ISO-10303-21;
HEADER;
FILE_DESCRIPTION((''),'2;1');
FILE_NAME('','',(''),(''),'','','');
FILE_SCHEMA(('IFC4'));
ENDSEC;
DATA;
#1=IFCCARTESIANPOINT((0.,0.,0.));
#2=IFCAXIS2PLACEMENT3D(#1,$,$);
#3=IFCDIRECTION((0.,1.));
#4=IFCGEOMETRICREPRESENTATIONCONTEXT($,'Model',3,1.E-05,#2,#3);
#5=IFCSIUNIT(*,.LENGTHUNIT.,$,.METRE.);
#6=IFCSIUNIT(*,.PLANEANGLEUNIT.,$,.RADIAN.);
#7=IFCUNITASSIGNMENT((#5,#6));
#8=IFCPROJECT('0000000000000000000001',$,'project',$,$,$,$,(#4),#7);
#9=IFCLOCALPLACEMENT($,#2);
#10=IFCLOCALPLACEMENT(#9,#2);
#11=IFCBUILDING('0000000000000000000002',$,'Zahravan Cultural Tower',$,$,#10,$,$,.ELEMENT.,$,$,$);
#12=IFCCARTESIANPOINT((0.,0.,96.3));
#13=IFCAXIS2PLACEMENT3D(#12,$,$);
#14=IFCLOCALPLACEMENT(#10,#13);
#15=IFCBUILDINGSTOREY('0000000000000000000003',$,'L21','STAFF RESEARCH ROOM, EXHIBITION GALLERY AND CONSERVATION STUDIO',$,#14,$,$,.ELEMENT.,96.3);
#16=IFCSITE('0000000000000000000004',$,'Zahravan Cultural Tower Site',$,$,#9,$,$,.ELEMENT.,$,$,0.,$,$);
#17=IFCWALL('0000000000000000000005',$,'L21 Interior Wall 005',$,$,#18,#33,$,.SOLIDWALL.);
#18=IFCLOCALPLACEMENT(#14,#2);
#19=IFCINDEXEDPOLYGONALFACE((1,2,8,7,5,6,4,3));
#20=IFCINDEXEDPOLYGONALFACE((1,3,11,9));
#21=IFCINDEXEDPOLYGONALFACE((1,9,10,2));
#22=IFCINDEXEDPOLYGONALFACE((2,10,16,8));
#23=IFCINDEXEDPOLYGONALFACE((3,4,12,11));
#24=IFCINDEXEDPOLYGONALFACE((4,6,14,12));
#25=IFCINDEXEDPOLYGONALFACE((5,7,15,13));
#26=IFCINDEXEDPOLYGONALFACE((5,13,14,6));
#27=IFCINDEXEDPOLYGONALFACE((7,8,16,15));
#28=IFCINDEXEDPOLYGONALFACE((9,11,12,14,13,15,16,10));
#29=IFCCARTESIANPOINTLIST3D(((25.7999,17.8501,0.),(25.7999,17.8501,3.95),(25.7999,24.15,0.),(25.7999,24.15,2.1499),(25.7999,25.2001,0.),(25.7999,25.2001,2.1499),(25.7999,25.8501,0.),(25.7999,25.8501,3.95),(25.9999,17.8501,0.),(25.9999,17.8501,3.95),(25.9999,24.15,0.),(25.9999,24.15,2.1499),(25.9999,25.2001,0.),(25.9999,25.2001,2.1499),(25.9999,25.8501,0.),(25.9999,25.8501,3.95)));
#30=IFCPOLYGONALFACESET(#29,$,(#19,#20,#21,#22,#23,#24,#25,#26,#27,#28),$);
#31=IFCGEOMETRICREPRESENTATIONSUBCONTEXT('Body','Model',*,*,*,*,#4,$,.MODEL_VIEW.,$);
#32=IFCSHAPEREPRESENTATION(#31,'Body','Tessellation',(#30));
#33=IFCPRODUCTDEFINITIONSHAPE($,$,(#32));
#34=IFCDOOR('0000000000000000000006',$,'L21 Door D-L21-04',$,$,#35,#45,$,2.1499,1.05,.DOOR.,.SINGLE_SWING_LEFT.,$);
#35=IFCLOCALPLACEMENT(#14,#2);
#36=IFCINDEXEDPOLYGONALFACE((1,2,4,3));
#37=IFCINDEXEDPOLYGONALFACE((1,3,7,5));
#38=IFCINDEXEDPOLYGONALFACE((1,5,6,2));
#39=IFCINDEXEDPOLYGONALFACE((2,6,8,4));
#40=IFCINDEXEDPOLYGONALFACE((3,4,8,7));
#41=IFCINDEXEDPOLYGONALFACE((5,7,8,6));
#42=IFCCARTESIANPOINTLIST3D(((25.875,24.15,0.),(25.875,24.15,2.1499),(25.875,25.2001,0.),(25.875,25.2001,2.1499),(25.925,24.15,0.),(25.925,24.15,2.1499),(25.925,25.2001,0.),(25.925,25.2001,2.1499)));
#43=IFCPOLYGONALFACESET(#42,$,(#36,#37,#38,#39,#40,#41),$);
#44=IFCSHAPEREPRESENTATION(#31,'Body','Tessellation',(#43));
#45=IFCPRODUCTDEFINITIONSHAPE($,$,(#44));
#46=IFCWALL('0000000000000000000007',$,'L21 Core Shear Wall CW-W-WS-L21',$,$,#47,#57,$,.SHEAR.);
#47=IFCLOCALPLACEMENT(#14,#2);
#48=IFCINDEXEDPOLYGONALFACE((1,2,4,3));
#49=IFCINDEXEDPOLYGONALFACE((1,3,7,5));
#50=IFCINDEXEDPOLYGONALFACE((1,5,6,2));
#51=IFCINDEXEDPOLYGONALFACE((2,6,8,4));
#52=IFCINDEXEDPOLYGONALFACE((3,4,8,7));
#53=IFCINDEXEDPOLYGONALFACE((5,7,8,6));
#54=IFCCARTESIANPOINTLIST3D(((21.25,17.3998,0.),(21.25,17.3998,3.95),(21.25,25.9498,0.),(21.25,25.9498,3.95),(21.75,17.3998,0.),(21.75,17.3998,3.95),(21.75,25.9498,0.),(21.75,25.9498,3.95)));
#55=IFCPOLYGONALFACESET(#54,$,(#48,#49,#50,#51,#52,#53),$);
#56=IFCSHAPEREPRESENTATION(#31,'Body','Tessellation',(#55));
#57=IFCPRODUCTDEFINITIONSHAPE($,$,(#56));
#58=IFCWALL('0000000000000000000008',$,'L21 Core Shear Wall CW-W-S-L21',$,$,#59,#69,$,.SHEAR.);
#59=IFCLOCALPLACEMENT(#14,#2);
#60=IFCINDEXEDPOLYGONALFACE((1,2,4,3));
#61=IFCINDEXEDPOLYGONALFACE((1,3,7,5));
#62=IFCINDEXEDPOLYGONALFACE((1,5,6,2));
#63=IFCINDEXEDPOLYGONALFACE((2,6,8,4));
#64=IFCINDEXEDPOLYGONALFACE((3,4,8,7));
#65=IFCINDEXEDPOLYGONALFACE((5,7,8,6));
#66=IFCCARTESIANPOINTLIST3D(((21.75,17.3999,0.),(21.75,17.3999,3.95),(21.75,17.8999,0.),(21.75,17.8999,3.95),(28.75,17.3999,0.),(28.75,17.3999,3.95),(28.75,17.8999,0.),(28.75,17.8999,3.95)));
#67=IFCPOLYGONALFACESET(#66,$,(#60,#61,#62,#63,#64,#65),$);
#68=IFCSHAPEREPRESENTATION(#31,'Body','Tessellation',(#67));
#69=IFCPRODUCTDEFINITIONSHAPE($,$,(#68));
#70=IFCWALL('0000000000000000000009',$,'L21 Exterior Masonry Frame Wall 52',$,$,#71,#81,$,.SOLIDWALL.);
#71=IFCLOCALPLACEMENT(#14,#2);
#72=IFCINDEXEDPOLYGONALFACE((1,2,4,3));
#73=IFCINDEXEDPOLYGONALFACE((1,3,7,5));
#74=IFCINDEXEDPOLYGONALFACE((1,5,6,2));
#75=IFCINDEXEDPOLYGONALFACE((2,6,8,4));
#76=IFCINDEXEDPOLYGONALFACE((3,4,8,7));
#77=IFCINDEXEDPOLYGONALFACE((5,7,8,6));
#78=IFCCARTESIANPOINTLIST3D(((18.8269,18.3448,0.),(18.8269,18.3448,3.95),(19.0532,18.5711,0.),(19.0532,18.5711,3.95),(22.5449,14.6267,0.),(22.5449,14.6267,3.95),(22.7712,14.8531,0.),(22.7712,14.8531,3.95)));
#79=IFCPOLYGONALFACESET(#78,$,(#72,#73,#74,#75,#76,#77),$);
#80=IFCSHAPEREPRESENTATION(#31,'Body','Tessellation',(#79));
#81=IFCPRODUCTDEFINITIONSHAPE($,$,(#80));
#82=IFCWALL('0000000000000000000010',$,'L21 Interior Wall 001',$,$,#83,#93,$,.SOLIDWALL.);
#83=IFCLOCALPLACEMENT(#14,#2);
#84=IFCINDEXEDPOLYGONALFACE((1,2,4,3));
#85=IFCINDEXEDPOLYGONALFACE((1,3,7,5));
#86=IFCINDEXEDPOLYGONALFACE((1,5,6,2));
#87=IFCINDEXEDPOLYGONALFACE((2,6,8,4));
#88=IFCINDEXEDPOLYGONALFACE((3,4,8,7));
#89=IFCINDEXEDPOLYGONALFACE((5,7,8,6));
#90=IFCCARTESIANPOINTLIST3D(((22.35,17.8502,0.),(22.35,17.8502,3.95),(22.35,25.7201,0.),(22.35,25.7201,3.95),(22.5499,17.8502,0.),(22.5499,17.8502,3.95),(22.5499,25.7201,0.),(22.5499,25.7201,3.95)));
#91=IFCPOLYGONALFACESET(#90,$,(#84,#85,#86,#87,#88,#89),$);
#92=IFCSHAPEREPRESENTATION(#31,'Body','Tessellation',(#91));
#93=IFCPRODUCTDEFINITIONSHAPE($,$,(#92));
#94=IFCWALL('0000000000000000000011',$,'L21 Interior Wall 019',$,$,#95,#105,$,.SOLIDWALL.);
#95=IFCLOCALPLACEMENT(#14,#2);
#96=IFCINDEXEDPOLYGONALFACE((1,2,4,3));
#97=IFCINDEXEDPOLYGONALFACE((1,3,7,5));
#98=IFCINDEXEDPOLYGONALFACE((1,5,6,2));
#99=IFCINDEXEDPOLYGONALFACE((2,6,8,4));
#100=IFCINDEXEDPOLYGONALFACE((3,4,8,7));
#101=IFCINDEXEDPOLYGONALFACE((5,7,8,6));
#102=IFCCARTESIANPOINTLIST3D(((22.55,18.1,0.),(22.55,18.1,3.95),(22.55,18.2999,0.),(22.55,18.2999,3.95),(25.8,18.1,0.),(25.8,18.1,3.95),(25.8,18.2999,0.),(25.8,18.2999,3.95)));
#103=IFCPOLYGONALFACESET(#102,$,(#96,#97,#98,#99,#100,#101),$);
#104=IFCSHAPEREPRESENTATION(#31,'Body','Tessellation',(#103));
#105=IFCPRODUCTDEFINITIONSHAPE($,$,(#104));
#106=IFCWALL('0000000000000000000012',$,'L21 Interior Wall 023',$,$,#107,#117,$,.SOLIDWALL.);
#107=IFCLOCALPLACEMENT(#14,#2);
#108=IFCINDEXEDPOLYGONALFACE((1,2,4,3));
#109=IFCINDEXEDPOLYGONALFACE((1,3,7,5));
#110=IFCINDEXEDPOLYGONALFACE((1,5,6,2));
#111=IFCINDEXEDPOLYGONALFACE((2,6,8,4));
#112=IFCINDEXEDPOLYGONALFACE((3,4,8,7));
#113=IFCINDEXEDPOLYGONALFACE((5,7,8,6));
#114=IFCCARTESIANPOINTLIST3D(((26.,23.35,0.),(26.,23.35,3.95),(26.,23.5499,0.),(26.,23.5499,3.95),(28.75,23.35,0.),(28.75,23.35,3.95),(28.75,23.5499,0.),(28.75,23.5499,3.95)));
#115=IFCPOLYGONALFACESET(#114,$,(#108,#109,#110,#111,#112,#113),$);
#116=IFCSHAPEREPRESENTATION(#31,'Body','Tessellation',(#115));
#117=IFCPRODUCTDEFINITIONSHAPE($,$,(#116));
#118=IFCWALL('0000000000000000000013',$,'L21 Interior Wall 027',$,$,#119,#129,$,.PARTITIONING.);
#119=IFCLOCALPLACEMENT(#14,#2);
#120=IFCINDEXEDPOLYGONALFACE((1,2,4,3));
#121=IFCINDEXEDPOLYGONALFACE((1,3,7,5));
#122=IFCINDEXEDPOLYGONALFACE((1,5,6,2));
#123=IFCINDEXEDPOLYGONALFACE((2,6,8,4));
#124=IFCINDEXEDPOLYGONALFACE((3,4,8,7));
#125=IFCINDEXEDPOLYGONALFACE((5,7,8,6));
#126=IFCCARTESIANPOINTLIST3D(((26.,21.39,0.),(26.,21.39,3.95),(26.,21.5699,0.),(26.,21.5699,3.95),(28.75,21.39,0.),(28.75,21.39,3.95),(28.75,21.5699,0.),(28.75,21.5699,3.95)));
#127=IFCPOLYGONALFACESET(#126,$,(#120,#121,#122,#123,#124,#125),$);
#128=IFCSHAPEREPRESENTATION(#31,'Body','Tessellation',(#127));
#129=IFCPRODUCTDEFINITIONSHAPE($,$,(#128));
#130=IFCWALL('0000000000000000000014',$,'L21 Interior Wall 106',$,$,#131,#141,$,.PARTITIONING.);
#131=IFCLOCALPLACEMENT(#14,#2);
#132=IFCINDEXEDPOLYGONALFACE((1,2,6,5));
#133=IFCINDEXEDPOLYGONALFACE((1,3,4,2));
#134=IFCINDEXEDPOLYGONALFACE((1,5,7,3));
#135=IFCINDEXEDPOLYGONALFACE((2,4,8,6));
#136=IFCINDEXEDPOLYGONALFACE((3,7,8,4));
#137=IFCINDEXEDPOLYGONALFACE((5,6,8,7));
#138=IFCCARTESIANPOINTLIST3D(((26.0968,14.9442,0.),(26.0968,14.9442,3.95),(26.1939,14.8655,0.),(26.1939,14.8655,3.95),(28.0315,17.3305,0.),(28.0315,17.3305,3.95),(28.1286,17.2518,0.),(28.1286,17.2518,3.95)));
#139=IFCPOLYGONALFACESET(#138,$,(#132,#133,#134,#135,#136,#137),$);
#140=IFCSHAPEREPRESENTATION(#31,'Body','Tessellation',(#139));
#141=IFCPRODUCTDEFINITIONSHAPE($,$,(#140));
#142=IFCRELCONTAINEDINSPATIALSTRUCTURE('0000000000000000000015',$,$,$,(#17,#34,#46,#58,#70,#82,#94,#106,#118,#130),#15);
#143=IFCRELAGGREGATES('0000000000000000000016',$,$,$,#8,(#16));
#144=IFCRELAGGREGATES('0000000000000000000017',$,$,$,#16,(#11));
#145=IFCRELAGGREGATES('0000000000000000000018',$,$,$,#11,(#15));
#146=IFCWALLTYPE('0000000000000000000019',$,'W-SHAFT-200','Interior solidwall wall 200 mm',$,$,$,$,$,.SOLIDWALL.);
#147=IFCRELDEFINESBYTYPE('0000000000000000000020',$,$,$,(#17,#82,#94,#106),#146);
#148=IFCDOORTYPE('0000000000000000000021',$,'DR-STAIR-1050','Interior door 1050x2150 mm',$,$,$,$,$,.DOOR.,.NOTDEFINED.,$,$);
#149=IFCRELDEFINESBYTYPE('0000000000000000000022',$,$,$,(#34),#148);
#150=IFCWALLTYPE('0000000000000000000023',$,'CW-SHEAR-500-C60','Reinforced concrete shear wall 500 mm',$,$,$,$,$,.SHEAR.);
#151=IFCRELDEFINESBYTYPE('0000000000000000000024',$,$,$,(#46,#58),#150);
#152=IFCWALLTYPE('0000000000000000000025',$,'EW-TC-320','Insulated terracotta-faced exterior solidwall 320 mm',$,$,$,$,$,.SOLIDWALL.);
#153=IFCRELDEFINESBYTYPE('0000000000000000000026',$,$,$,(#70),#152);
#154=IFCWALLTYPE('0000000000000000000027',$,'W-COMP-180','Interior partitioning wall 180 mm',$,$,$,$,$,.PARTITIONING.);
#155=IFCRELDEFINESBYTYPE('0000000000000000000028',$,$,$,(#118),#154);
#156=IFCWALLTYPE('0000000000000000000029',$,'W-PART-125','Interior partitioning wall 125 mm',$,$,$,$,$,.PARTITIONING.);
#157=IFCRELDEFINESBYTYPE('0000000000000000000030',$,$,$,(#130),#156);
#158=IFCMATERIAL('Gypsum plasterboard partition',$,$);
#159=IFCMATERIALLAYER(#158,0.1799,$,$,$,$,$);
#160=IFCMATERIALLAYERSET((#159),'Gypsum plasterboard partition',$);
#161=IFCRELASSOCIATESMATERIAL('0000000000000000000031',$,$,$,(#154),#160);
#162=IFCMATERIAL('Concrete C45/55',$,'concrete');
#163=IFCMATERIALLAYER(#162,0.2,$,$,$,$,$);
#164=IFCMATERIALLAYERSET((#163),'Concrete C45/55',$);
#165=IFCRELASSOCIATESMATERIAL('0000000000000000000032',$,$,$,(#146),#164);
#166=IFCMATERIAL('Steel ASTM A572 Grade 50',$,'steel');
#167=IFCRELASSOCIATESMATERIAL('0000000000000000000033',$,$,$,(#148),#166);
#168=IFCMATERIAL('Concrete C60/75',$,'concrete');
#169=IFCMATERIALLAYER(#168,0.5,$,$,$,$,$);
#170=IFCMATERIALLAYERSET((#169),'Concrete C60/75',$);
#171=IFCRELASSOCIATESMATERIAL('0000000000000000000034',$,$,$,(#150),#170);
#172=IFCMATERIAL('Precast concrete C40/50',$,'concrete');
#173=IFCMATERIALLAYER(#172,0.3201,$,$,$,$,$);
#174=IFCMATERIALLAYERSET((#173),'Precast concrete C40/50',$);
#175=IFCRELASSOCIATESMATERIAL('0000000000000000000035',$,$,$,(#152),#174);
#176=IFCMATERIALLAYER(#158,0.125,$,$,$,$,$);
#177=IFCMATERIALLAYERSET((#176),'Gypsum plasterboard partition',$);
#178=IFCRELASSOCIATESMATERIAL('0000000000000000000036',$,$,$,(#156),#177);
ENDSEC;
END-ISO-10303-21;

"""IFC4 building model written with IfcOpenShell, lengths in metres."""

from ifc_helpers import new_model, si_unit, direction, frame, frame_2d, origin, place, context, subcontext, project, spatial, rectangle, extrude, source, transform, mapped, material, layer, layer_set, type_object, element, fill, save


model = new_model("IFC4")

# Units and contexts
model_context = context("Model", 3, precision=1e-05, world=origin(), true_north=direction((0.0, 1.0)))
body_context = subcontext(model_context, "Body", "Model", "MODEL_VIEW")
ifc_project = project(units=[si_unit("LENGTHUNIT", "METRE"), si_unit("PLANEANGLEUNIT", "RADIAN")], contexts=[model_context])

# Site, building, storey
site_placement = place(None, origin())
site = spatial("IfcSite", under=ifc_project, at=site_placement, Name="Zahravan Cultural Tower Site", CompositionType="ELEMENT", RefElevation=0.0)
building_placement = place(site_placement, origin())
building = spatial("IfcBuilding", under=site, at=building_placement, Name="Zahravan Cultural Tower", CompositionType="ELEMENT")
storey_placement = place(building_placement, frame((0.0, 0.0, 96.3)))
storey = spatial("IfcBuildingStorey", under=building, at=storey_placement, Name="L21", Description="STAFF RESEARCH ROOM, EXHIBITION GALLERY AND CONSERVATION STUDIO", CompositionType="ELEMENT", Elevation=96.3)

# Shared definitions
ifc_material_1 = material(Name="Concrete C60/75", Category="concrete")

# Wall, opening, door
ifc_material_2 = material(Name="Gypsum plasterboard partition")
ifc_layer_1 = layer(ifc_material_2, 0.1799)
ifc_layer_set_1 = layer_set([ifc_layer_1], Name="Gypsum plasterboard partition")
wall_type_1 = type_object("IfcWallType", Name="W-COMP-180", Description="Interior partitioning wall 180 mm", PredefinedType="PARTITIONING", material=ifc_layer_set_1)
ifc_material_3 = material(Name="Steel ASTM A572 Grade 50", Category="steel")
ifc_material_4 = material(Name="Concrete C45/55", Category="concrete")
ifc_layer_2 = layer(ifc_material_4, 0.2)
ifc_layer_set_2 = layer_set([ifc_layer_2], Name="Concrete C45/55")
wall_type_2 = type_object("IfcWallType", Name="W-SHAFT-200", Description="Interior solidwall wall 200 mm", PredefinedType="SOLIDWALL", material=ifc_layer_set_2)
wall_1_placement = place(storey_placement, frame((25.8999, 17.8501, 0.0), z_axis=(0.0, 0.0, 1.0), x_axis=(0.0, 1.0, 0.0)))
wall_1 = element("IfcWall", 1, at=wall_1_placement, inside=storey, type_object=wall_type_2, Name="L21 Interior Wall 005", PredefinedType="SOLIDWALL", context=body_context, shape_type="SweptSolid", body=[
    extrude(rectangle(XDim=8.0, YDim=0.2, at=frame_2d((4.0, 0.0))), origin(), (0.0, 0.0, 1.0), 3.95),
])
opening_1_placement = place(wall_1_placement, frame((6.3, 0.0, 0.0)))
opening_1 = element("IfcOpeningElement", 2, at=opening_1_placement, cuts=wall_1, PredefinedType="OPENING", context=body_context, shape_type="SweptSolid", body=[
    extrude(rectangle(XDim=1.05, YDim=2.1499, at=frame_2d((0.5249, 1.075))), frame((0.0, 0.1099, 0.0), z_axis=(0.0, -1.0, 0.0), x_axis=(1.0, 0.0, 0.0)), (0.0, 0.0, 1.0), 0.22),
])
door_type_1 = type_object("IfcDoorType", Name="DR-STAIR-1050", Description="Interior door 1050x2150 mm", OperationType="NOTDEFINED", PredefinedType="DOOR", material=ifc_material_3)
shared_shape_1 = source(origin(), body_context, "Body", "SweptSolid", [
    extrude(rectangle(XDim=1.05, YDim=2.1499, at=frame_2d((0.5249, 1.075))), frame((0.0, 0.0249, 0.0), z_axis=(0.0, -1.0, 0.0), x_axis=(1.0, 0.0, 0.0)), (0.0, 0.0, 1.0), 0.05),
])
door_1_placement = place(opening_1_placement, origin())
door_1 = element("IfcDoor", 3, at=door_1_placement, inside=storey, type_object=door_type_1, Name="L21 Door D-L21-04", OperationType="SINGLE_SWING_LEFT", OverallHeight=2.1499, OverallWidth=1.05, PredefinedType="DOOR", context=body_context, shape_type="MappedRepresentation", body=[
    mapped(shared_shape_1, transform((0.0, 0.0, 0.0), x_axis=(1.0, 0.0, 0.0), y_axis=(0.0, 1.0, 0.0), z_axis=(0.0, 0.0, 1.0), scale=1.0)),
])
fill(opening_1, door_1)

# Walls
ifc_layer_3 = layer(ifc_material_1, 0.5)
ifc_layer_set_3 = layer_set([ifc_layer_3], Name="Concrete C60/75")
wall_type_3 = type_object("IfcWallType", Name="CW-SHEAR-500-C60", Description="Reinforced concrete shear wall 500 mm", PredefinedType="SHEAR", material=ifc_layer_set_3)
shared_shape_2 = source(origin(), body_context, "Body", "SweptSolid", [
    extrude(rectangle(XDim=8.55, YDim=0.5, at=frame_2d((4.2749, 0.0))), origin(), (0.0, 0.0, 1.0), 3.95),
])
wall_2_placement = place(storey_placement, frame((21.5, 17.3999, 0.0), z_axis=(0.0, 0.0, 1.0), x_axis=(0.0, 1.0, 0.0)))
element("IfcWall", 4, at=wall_2_placement, inside=storey, type_object=wall_type_3, Name="L21 Core Shear Wall CW-W-WS-L21", PredefinedType="SHEAR", context=body_context, shape_type="MappedRepresentation", body=[
    mapped(shared_shape_2, transform((0.0, 0.0, 0.0), x_axis=(1.0, 0.0, 0.0), y_axis=(0.0, 1.0, 0.0), z_axis=(0.0, 0.0, 1.0), scale=1.0)),
])
shared_shape_3 = source(origin(), body_context, "Body", "SweptSolid", [
    extrude(rectangle(XDim=7.0, YDim=0.5, at=frame_2d((3.5, 0.0))), origin(), (0.0, 0.0, 1.0), 3.95),
])
wall_3_placement = place(storey_placement, frame((21.75, 17.6499, 0.0), z_axis=(0.0, 0.0, 1.0), x_axis=(1.0, 0.0, 0.0)))
element("IfcWall", 5, at=wall_3_placement, inside=storey, type_object=wall_type_3, Name="L21 Core Shear Wall CW-W-S-L21", PredefinedType="SHEAR", context=body_context, shape_type="MappedRepresentation", body=[
    mapped(shared_shape_3, transform((0.0, 0.0, 0.0), x_axis=(1.0, 0.0, 0.0), y_axis=(0.0, 1.0, 0.0), z_axis=(0.0, 0.0, 1.0), scale=1.0)),
])
ifc_material_5 = material(Name="Precast concrete C40/50", Category="concrete")
ifc_layer_4 = layer(ifc_material_5, 0.3201)
ifc_layer_set_4 = layer_set([ifc_layer_4], Name="Precast concrete C40/50")
wall_type_4 = type_object("IfcWallType", Name="EW-TC-320", Description="Insulated terracotta-faced exterior solidwall 320 mm", PredefinedType="SOLIDWALL", material=ifc_layer_set_4)
shared_shape_4 = source(origin(), body_context, "Body", "SweptSolid", [
    extrude(rectangle(XDim=5.2581, YDim=0.3201, at=frame_2d((2.6289, 0.0))), origin(), (0.0, 0.0, 1.0), 3.95),
])
wall_4_placement = place(storey_placement, frame((22.658, 14.74, 0.0), z_axis=(0.0, 0.0, 1.0), x_axis=(-0.707107, 0.707107, 0.0)))
element("IfcWall", 6, at=wall_4_placement, inside=storey, type_object=wall_type_4, Name="L21 Exterior Masonry Frame Wall 52", PredefinedType="SOLIDWALL", context=body_context, shape_type="MappedRepresentation", body=[
    mapped(shared_shape_4, transform((0.0, 0.0, 0.0), x_axis=(1.0, 0.0, 0.0), y_axis=(0.0, 1.0, 0.0), z_axis=(0.0, 0.0, 1.0), scale=1.0)),
])
shared_shape_5 = source(origin(), body_context, "Body", "SweptSolid", [
    extrude(rectangle(XDim=7.8699, YDim=0.2, at=frame_2d((3.9351, 0.0))), origin(), (0.0, 0.0, 1.0), 3.95),
])
wall_5_placement = place(storey_placement, frame((22.45, 17.8501, 0.0), z_axis=(0.0, 0.0, 1.0), x_axis=(0.0, 1.0, 0.0)))
element("IfcWall", 7, at=wall_5_placement, inside=storey, type_object=wall_type_2, Name="L21 Interior Wall 001", PredefinedType="SOLIDWALL", context=body_context, shape_type="MappedRepresentation", body=[
    mapped(shared_shape_5, transform((0.0, 0.0, 0.0), x_axis=(1.0, 0.0, 0.0), y_axis=(0.0, 1.0, 0.0), z_axis=(0.0, 0.0, 1.0), scale=1.0)),
])
shared_shape_6 = source(origin(), body_context, "Body", "SweptSolid", [
    extrude(rectangle(XDim=3.25, YDim=0.2, at=frame_2d((1.625, 0.0))), origin(), (0.0, 0.0, 1.0), 3.95),
])
wall_6_placement = place(storey_placement, frame((22.55, 18.2, 0.0), z_axis=(0.0, 0.0, 1.0), x_axis=(1.0, 0.0, 0.0)))
element("IfcWall", 8, at=wall_6_placement, inside=storey, type_object=wall_type_2, Name="L21 Interior Wall 019", PredefinedType="SOLIDWALL", context=body_context, shape_type="MappedRepresentation", body=[
    mapped(shared_shape_6, transform((0.0, 0.0, 0.0), x_axis=(1.0, 0.0, 0.0), y_axis=(0.0, 1.0, 0.0), z_axis=(0.0, 0.0, 1.0), scale=1.0)),
])
shared_shape_7 = source(origin(), body_context, "Body", "SweptSolid", [
    extrude(rectangle(XDim=2.75, YDim=0.2, at=frame_2d((1.375, 0.0))), origin(), (0.0, 0.0, 1.0), 3.95),
])
wall_7_placement = place(storey_placement, frame((26.0, 23.45, 0.0), z_axis=(0.0, 0.0, 1.0), x_axis=(1.0, 0.0, 0.0)))
element("IfcWall", 9, at=wall_7_placement, inside=storey, type_object=wall_type_2, Name="L21 Interior Wall 023", PredefinedType="SOLIDWALL", context=body_context, shape_type="MappedRepresentation", body=[
    mapped(shared_shape_7, transform((0.0, 0.0, 0.0), x_axis=(1.0, 0.0, 0.0), y_axis=(0.0, 1.0, 0.0), z_axis=(0.0, 0.0, 1.0), scale=1.0)),
])
shared_shape_8 = source(origin(), body_context, "Body", "SweptSolid", [
    extrude(rectangle(XDim=2.75, YDim=0.1799, at=frame_2d((1.375, 0.0))), origin(), (0.0, 0.0, 1.0), 3.95),
])
wall_8_placement = place(storey_placement, frame((26.0, 21.48, 0.0), z_axis=(0.0, 0.0, 1.0), x_axis=(1.0, 0.0, 0.0)))
element("IfcWall", 10, at=wall_8_placement, inside=storey, type_object=wall_type_1, Name="L21 Interior Wall 027", PredefinedType="PARTITIONING", context=body_context, shape_type="MappedRepresentation", body=[
    mapped(shared_shape_8, transform((0.0, 0.0, 0.0), x_axis=(1.0, 0.0, 0.0), y_axis=(0.0, 1.0, 0.0), z_axis=(0.0, 0.0, 1.0), scale=1.0)),
])
ifc_layer_5 = layer(ifc_material_2, 0.125)
ifc_layer_set_5 = layer_set([ifc_layer_5], Name="Gypsum plasterboard partition")
wall_type_5 = type_object("IfcWallType", Name="W-PART-125", Description="Interior partitioning wall 125 mm", PredefinedType="PARTITIONING", material=ifc_layer_set_5)
shared_shape_9 = source(origin(), body_context, "Body", "SweptSolid", [
    extrude(rectangle(XDim=3.072, YDim=0.125, at=frame_2d((1.5361, 0.0))), origin(), (0.0, 0.0, 1.0), 3.95),
])
wall_9_placement = place(storey_placement, frame((28.0801, 17.2913, 0.0), z_axis=(0.0, 0.0, 1.0), x_axis=(-0.62976, -0.776789, 0.0)))
element("IfcWall", 11, at=wall_9_placement, inside=storey, type_object=wall_type_5, Name="L21 Interior Wall 106", PredefinedType="PARTITIONING", context=body_context, shape_type="MappedRepresentation", body=[
    mapped(shared_shape_9, transform((0.0, 0.0, 0.0), x_axis=(1.0, 0.0, 0.0), y_axis=(0.0, 1.0, 0.0), z_axis=(0.0, 0.0, 1.0), scale=1.0)),
])

save(model, "model.ifc")
